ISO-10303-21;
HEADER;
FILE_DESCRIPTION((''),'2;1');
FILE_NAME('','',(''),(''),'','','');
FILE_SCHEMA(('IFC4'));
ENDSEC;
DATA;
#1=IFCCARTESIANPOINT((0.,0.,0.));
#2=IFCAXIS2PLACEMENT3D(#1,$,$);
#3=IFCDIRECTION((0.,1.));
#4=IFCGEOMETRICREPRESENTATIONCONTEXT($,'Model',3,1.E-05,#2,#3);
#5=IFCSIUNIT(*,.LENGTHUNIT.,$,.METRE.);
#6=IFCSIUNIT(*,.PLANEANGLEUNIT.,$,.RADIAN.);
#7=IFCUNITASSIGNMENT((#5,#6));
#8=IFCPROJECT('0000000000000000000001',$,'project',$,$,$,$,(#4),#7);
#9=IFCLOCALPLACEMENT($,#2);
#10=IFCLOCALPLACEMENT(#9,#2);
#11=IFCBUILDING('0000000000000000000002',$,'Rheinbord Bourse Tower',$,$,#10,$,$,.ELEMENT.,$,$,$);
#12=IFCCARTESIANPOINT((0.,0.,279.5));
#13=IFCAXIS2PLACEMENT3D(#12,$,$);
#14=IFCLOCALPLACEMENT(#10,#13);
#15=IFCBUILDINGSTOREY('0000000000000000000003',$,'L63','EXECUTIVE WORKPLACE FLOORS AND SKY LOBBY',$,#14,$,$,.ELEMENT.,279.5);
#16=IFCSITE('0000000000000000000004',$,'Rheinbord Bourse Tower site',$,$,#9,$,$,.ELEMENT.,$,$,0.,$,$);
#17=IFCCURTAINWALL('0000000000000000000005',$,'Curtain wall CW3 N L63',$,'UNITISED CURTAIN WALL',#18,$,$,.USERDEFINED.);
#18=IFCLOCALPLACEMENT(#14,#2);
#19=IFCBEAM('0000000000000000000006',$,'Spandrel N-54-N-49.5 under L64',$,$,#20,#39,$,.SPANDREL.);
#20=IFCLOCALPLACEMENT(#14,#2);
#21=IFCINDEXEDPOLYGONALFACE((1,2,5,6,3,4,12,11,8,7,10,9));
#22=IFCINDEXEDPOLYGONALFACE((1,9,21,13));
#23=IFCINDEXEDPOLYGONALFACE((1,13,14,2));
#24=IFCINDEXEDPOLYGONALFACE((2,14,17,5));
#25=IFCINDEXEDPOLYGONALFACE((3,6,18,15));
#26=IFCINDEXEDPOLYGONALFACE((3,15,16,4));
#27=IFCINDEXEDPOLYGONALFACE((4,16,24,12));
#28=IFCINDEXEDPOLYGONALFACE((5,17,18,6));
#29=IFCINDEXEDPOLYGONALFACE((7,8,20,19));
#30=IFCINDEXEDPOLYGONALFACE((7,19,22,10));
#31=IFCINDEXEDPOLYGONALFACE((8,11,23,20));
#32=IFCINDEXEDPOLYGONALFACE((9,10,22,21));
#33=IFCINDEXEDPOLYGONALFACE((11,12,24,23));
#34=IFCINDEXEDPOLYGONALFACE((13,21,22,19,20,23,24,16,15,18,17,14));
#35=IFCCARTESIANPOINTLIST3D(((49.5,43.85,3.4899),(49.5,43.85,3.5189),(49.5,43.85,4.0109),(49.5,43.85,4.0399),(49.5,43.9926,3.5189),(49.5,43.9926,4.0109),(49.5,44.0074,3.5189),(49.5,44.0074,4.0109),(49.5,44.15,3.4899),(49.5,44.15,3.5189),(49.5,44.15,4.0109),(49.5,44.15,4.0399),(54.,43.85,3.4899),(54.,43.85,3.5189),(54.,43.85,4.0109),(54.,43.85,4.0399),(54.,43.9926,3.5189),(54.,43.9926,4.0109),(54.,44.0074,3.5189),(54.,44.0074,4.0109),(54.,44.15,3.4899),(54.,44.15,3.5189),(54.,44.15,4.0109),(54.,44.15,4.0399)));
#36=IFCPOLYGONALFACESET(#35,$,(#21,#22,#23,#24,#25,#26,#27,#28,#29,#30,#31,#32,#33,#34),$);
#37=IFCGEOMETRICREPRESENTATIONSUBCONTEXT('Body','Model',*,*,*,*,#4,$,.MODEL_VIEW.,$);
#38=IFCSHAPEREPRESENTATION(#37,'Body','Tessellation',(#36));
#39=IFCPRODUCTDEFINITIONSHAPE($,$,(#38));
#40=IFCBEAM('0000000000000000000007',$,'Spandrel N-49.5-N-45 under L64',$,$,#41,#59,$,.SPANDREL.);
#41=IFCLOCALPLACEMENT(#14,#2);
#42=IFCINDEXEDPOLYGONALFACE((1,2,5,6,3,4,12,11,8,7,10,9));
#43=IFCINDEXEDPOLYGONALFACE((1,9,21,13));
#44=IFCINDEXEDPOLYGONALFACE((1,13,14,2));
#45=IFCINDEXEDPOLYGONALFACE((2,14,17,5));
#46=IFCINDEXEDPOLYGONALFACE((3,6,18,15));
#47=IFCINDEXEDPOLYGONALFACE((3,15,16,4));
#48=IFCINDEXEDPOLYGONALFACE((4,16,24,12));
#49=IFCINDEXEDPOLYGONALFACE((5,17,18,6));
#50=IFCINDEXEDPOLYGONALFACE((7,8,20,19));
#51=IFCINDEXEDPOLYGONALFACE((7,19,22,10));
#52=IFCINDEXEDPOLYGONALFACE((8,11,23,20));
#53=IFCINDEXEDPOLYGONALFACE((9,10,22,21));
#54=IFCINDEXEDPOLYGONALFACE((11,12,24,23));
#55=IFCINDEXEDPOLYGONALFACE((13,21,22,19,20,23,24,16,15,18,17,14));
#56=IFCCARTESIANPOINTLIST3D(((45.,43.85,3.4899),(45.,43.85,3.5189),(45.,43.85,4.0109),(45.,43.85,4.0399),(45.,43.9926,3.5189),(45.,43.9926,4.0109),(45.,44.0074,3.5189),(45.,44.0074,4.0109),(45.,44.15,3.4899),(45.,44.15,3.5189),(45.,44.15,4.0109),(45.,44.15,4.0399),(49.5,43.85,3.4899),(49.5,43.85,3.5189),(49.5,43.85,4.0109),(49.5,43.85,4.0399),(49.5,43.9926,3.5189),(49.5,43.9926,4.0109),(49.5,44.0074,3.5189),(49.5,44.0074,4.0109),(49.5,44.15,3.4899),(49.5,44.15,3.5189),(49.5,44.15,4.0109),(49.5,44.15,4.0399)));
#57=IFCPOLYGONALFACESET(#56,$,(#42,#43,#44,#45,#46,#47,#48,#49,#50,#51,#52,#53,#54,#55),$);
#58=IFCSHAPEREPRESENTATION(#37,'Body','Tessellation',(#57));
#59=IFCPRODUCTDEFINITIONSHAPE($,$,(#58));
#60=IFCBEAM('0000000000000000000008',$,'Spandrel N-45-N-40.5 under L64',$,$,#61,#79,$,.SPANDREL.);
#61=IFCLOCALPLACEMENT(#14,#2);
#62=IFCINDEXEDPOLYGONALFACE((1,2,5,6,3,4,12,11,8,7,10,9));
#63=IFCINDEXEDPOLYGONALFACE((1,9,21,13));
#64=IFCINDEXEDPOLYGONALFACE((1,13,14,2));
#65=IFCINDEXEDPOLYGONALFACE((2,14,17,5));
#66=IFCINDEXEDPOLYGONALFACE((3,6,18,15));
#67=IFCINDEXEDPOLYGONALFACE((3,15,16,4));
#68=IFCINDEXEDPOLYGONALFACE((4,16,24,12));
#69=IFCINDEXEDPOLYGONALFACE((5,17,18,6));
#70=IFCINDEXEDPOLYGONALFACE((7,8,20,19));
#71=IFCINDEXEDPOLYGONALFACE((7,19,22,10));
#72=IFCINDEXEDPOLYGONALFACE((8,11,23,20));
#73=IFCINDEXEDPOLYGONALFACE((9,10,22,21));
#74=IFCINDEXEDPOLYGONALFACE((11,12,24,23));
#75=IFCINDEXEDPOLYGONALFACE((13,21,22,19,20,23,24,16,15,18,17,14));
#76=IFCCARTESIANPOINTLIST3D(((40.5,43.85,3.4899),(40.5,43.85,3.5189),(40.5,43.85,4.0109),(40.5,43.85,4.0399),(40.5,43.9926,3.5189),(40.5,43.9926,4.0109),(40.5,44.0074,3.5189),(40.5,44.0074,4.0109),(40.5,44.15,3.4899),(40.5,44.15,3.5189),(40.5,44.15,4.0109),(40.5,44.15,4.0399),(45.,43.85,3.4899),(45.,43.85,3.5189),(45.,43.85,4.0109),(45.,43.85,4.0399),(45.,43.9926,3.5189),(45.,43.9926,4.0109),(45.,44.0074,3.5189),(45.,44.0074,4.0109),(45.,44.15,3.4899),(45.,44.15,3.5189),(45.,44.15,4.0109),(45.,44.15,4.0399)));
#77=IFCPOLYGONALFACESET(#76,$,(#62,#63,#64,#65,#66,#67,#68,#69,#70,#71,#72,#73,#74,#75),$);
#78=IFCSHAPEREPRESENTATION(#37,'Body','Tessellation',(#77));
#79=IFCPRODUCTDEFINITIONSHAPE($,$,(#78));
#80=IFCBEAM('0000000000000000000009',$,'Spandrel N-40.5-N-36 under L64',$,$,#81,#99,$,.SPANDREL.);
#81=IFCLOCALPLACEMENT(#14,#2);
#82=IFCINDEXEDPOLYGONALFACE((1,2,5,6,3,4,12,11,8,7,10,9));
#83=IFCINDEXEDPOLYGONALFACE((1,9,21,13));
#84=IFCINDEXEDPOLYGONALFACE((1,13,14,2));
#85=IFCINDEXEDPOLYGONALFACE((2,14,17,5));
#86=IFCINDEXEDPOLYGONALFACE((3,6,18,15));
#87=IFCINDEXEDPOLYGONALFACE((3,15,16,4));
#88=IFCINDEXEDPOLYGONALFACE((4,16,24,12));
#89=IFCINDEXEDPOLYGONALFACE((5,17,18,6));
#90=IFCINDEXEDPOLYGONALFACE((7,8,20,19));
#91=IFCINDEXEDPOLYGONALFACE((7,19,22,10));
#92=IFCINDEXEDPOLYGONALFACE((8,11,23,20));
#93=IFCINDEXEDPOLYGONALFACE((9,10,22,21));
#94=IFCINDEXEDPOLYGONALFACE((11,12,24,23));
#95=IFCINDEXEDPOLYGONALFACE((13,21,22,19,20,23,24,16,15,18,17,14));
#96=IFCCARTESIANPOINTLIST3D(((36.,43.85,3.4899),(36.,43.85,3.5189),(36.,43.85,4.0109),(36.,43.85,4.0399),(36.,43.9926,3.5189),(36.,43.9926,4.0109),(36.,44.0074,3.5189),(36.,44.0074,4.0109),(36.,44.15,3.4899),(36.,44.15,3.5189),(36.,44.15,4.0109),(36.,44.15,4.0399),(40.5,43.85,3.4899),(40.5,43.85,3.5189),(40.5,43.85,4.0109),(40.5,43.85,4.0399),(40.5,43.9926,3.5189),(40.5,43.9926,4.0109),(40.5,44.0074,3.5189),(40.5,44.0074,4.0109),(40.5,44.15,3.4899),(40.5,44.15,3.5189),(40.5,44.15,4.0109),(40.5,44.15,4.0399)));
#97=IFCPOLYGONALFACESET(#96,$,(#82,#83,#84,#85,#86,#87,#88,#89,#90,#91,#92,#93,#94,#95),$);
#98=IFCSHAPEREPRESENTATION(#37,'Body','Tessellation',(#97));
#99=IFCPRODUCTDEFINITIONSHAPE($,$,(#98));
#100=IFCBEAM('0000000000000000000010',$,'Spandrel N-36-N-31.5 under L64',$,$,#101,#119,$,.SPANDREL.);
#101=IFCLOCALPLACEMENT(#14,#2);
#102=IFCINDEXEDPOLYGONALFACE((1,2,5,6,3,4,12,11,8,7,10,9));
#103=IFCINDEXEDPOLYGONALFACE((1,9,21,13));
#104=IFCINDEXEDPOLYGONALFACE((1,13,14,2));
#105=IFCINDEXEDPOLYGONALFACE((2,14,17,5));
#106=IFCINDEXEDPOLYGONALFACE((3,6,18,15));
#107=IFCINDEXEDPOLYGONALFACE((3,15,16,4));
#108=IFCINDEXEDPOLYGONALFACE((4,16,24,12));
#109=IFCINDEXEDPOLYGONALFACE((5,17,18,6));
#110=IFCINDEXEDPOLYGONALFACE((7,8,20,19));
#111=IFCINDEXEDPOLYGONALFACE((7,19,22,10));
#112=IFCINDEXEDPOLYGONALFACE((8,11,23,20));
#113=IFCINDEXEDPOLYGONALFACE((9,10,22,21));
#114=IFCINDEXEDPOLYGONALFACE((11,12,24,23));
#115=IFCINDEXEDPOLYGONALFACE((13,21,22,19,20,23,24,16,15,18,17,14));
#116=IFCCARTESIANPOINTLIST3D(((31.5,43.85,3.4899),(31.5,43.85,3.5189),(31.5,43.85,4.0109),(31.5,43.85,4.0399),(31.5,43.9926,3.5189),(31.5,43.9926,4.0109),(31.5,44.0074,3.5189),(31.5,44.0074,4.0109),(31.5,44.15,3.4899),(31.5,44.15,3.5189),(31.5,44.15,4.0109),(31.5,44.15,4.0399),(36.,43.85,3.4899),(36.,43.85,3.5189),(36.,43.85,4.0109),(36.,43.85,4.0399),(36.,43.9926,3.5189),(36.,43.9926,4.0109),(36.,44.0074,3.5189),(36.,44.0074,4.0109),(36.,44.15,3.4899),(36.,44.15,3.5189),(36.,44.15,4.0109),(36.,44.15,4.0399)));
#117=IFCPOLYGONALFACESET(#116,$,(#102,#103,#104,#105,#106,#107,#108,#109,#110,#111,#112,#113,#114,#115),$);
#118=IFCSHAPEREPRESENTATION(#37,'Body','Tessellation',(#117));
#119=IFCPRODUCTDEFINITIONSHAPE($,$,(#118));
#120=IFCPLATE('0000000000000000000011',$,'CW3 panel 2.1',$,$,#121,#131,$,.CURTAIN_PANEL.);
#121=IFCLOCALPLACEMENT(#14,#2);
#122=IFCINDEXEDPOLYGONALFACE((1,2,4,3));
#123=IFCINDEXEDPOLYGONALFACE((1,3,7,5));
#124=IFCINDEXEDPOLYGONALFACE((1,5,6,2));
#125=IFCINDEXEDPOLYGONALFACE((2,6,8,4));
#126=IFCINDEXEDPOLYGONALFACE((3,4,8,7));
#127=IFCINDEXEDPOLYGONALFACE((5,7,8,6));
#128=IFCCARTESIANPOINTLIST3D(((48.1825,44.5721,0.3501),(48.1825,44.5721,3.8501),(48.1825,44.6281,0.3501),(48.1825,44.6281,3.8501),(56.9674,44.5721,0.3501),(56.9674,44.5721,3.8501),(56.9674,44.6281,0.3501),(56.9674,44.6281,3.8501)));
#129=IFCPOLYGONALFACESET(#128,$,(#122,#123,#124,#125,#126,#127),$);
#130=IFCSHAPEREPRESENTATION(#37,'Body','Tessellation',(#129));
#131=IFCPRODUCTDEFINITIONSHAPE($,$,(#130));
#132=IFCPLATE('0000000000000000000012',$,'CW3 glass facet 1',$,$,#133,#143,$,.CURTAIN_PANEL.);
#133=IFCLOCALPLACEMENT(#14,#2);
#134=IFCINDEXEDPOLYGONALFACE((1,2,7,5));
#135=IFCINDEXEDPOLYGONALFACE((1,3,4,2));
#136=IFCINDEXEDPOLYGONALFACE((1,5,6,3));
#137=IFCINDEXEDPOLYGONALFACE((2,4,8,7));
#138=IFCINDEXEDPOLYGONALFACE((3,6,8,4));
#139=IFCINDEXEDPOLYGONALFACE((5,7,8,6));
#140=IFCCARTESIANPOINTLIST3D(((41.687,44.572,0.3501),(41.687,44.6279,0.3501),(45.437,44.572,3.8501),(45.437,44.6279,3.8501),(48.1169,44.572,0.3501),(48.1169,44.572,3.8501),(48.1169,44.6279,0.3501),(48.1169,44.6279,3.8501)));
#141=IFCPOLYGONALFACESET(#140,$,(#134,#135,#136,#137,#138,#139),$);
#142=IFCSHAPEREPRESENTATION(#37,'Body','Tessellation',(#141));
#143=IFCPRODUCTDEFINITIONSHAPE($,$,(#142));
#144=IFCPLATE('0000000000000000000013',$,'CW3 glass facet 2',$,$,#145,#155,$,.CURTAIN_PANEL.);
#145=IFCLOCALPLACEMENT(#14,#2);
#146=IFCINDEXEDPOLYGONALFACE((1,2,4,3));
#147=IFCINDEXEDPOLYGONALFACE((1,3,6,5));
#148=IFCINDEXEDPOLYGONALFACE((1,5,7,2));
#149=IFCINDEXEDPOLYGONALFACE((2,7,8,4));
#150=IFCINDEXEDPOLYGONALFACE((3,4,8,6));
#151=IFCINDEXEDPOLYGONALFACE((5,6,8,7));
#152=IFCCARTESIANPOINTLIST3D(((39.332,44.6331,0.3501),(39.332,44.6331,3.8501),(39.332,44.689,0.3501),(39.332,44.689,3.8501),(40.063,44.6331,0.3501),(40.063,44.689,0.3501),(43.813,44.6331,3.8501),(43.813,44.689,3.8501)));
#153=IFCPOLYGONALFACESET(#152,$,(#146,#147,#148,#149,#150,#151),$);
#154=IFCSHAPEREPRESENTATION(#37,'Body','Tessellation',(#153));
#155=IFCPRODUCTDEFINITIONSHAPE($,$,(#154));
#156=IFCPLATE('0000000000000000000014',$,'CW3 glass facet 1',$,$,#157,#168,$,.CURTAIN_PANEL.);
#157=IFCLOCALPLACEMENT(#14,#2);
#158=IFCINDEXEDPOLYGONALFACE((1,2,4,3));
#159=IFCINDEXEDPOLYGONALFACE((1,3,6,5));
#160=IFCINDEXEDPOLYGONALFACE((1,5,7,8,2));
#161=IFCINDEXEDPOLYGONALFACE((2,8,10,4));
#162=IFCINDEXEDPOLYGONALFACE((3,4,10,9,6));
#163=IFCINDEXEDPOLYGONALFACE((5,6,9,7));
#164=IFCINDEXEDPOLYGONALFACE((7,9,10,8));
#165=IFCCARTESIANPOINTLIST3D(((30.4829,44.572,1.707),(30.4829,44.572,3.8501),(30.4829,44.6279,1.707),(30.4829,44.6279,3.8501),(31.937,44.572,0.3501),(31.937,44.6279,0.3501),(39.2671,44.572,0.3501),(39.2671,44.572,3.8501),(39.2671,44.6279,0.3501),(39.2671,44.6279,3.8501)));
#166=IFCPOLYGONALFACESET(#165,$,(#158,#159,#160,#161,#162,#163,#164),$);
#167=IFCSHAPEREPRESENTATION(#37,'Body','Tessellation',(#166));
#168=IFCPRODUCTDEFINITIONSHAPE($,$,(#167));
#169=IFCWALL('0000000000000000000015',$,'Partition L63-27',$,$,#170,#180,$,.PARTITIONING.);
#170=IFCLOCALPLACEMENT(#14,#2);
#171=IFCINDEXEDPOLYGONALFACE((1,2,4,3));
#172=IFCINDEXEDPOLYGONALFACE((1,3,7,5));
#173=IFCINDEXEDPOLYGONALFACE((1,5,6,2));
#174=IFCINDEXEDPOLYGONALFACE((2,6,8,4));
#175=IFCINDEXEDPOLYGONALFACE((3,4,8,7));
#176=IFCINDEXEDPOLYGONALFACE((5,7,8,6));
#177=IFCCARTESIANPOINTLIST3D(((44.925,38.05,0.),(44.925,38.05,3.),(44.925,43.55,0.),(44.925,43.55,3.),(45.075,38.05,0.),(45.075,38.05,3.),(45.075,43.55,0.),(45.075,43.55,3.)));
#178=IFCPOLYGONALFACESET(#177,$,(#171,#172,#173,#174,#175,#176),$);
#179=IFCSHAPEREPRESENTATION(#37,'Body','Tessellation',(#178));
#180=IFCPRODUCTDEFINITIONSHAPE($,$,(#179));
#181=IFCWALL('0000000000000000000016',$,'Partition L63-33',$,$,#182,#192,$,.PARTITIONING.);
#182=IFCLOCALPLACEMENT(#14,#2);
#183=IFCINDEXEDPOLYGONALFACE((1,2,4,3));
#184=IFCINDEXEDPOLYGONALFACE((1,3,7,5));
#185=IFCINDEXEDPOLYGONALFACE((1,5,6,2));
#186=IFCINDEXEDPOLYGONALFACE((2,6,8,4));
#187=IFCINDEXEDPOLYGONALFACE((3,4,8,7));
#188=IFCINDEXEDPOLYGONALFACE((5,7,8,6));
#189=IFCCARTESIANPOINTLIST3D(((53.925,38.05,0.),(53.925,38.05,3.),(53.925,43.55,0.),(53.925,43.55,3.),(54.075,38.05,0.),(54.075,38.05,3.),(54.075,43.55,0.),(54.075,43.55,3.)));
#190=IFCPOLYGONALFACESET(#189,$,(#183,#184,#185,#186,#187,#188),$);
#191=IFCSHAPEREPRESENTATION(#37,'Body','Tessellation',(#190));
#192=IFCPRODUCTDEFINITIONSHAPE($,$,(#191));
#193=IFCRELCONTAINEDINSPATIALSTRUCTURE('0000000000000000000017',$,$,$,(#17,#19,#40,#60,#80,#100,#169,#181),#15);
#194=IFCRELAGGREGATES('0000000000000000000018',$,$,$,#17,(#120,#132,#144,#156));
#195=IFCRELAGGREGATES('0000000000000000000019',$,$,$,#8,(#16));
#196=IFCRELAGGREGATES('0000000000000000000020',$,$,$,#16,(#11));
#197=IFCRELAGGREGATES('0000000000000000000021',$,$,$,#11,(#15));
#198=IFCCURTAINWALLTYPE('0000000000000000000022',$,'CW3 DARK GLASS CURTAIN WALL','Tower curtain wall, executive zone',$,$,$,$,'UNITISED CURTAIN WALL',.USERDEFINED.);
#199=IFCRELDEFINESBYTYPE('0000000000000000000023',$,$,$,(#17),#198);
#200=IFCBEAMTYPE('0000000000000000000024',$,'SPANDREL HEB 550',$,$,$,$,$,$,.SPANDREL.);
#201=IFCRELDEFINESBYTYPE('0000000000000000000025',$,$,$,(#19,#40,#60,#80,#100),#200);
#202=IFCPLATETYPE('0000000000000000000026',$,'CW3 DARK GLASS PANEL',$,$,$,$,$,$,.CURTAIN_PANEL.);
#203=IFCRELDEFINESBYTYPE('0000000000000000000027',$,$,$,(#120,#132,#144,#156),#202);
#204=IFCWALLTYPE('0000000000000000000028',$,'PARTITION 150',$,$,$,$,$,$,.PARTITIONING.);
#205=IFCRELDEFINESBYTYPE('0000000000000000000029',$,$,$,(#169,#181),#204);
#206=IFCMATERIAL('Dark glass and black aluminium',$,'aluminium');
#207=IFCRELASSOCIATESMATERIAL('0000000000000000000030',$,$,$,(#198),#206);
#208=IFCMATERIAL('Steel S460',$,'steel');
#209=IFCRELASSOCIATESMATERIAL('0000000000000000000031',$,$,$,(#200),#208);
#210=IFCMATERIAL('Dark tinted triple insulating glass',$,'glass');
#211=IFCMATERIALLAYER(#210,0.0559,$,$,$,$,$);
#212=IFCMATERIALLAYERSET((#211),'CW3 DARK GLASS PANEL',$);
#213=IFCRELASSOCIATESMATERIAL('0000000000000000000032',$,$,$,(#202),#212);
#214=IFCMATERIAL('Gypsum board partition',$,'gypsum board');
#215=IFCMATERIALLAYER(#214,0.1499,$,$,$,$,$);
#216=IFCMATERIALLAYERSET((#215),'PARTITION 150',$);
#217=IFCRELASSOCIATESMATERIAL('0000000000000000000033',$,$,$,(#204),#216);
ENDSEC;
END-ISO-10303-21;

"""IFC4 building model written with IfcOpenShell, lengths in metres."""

from ifc_helpers import new_model, si_unit, direction, frame, frame_2d, origin, origin_2d, place, context, subcontext, project, spatial, polyline, rectangle, i_section, outline, extrude, material, layer, layer_set, material_profile, profile_set, type_object, element, aggregate, save


model = new_model("IFC4")

# Units and contexts
model_context = context("Model", 3, precision=1e-05, world=origin(), true_north=direction((0.0, 1.0)))
body_context = subcontext(model_context, "Body", "Model", "MODEL_VIEW")
ifc_project = project(units=[si_unit("LENGTHUNIT", "METRE"), si_unit("PLANEANGLEUNIT", "RADIAN")], contexts=[model_context])

# Site, building, storey
site_placement = place(None, origin())
site = spatial("IfcSite", under=ifc_project, at=site_placement, Name="Rheinbord Bourse Tower site", CompositionType="ELEMENT", RefElevation=0.0)
building_placement = place(site_placement, origin())
building = spatial("IfcBuilding", under=site, at=building_placement, Name="Rheinbord Bourse Tower", CompositionType="ELEMENT")
storey_placement = place(building_placement, frame((0.0, 0.0, 279.5)))
storey = spatial("IfcBuildingStorey", under=building, at=storey_placement, Name="L63", Description="EXECUTIVE WORKPLACE FLOORS AND SKY LOBBY", CompositionType="ELEMENT", Elevation=279.5)

# Curtain wall
ifc_material_1 = material(Name="Dark glass and black aluminium", Category="aluminium")
curtain_wall_type = type_object("IfcCurtainWallType", Name="CW3 DARK GLASS CURTAIN WALL", Description="Tower curtain wall, executive zone", ElementType="UNITISED CURTAIN WALL", PredefinedType="USERDEFINED", material=ifc_material_1)
curtain_wall_placement = place(storey_placement, origin())
curtain_wall = element("IfcCurtainWall", 1, at=curtain_wall_placement, inside=storey, type_object=curtain_wall_type, Name="Curtain wall CW3 N L63", ObjectType="UNITISED CURTAIN WALL", PredefinedType="USERDEFINED")

# Beams
ifc_material_2 = material(Name="Steel S460", Category="steel")
ifc_material_profile_1 = material_profile(ifc_material_2, i_section(OverallWidth=0.3, OverallDepth=0.55, WebThickness=0.0149, FlangeThickness=0.0291, at=origin_2d()), Name="HEB 550")
ifc_profile_set_1 = profile_set([ifc_material_profile_1], Name="Steel S460")
beam_type_1 = type_object("IfcBeamType", Name="SPANDREL HEB 550", PredefinedType="SPANDREL", material=ifc_profile_set_1)
for number, where, z_axis, x_axis, name in (
    (2, (54.0, 44.0, 3.7649), (-1.0, 0.0, 0.0), (0.0, -1.0, 0.0), "Spandrel N-54-N-49.5 under L64"),
    (3, (49.5, 44.0, 3.7649), (-1.0, 0.0, 0.0), (0.0, -1.0, 0.0), "Spandrel N-49.5-N-45 under L64"),
    (4, (45.0, 44.0, 3.7649), (-1.0, 0.0, 0.0), (0.0, -1.0, 0.0), "Spandrel N-45-N-40.5 under L64"),
    (5, (40.5, 44.0, 3.7649), (-1.0, 0.0, 0.0), (0.0, -1.0, 0.0), "Spandrel N-40.5-N-36 under L64"),
    (6, (36.0, 44.0, 3.7649), (-1.0, 0.0, 0.0), (0.0, -1.0, 0.0), "Spandrel N-36-N-31.5 under L64"),
):
    element("IfcBeam", number, at=place(storey_placement, frame(where, z_axis=z_axis, x_axis=x_axis)), inside=storey, type_object=beam_type_1, Name=name, PredefinedType="SPANDREL", context=body_context, shape_type="SweptSolid", body=[
        extrude(i_section(OverallWidth=0.3, OverallDepth=0.55, WebThickness=0.0149, FlangeThickness=0.0291, at=origin_2d()), origin(), (0.0, 0.0, 1.0), 4.5),
    ])

# Plates
ifc_material_3 = material(Name="Dark tinted triple insulating glass", Category="glass")
ifc_layer_1 = layer(ifc_material_3, 0.0559)
ifc_layer_set_1 = layer_set([ifc_layer_1], Name="CW3 DARK GLASS PANEL")
plate_type = type_object("IfcPlateType", Name="CW3 DARK GLASS PANEL", PredefinedType="CURTAIN_PANEL", material=ifc_layer_set_1)
plate_1_placement = place(storey_placement, frame((52.575, 44.6001, 0.3501), z_axis=(0.0, 0.0, 1.0), x_axis=(-1.0, 0.0, 0.0)))
plate_1 = element("IfcPlate", 7, at=plate_1_placement, type_object=plate_type, Name="CW3 panel 2.1", PredefinedType="CURTAIN_PANEL", context=body_context, shape_type="SweptSolid", body=[
    extrude(rectangle(XDim=8.7849, YDim=0.0559, at=origin_2d()), origin(), (0.0, 0.0, 1.0), 3.5),
])
plate_2_placement = place(storey_placement, frame((48.1169, 44.6279, 0.3501), z_axis=(0.0, -1.0, 0.0), x_axis=(0.0, 0.0, 1.0)))
plate_2 = element("IfcPlate", 8, at=plate_2_placement, type_object=plate_type, Name="CW3 glass facet 1", PredefinedType="CURTAIN_PANEL", context=body_context, shape_type="SweptSolid", body=[
    extrude(outline(polyline([(0.0, 0.0), (3.5, 0.0), (3.5, 2.6799), (0.0, 6.4299), (0.0, 0.0)])), origin(), (0.0, 0.0, 1.0), 0.0559),
])
plate_3_placement = place(storey_placement, frame((39.332, 44.689, 3.8501), z_axis=(0.0, -1.0, 0.0), x_axis=(0.0, 0.0, -1.0)))
plate_3 = element("IfcPlate", 9, at=plate_3_placement, type_object=plate_type, Name="CW3 glass facet 2", PredefinedType="CURTAIN_PANEL", context=body_context, shape_type="SweptSolid", body=[
    extrude(outline(polyline([(0.0, 0.0), (3.5, 0.0), (3.5, 0.731), (0.0, 4.481), (0.0, 0.0)])), origin(), (0.0, 0.0, 1.0), 0.0559),
])
plate_4_placement = place(storey_placement, frame((39.2671, 44.6279, 0.3501), z_axis=(0.0, -1.0, 0.0), x_axis=(0.0, 0.0, 1.0)))
plate_4 = element("IfcPlate", 10, at=plate_4_placement, type_object=plate_type, Name="CW3 glass facet 1", PredefinedType="CURTAIN_PANEL", context=body_context, shape_type="SweptSolid", body=[
    extrude(outline(polyline([(0.0, 0.0), (3.5, 0.0), (3.5, 8.7842), (1.3569, 8.7842), (0.0, 7.3301), (0.0, 0.0)])), origin(), (0.0, 0.0, 1.0), 0.0559),
])
aggregate(curtain_wall, [plate_1, plate_2, plate_3, plate_4])

# Walls
ifc_material_4 = material(Name="Gypsum board partition", Category="gypsum board")
ifc_layer_2 = layer(ifc_material_4, 0.1499)
ifc_layer_set_2 = layer_set([ifc_layer_2], Name="PARTITION 150")
wall_type = type_object("IfcWallType", Name="PARTITION 150", PredefinedType="PARTITIONING", material=ifc_layer_set_2)
for number, where, z_axis, x_axis, name in (
    (11, (45.0, 38.05, 0.0), (0.0, 0.0, 1.0), (0.0, 1.0, 0.0), "Partition L63-27"),
    (12, (54.0, 38.05, 0.0), (0.0, 0.0, 1.0), (0.0, 1.0, 0.0), "Partition L63-33"),
):
    element("IfcWall", number, at=place(storey_placement, frame(where, z_axis=z_axis, x_axis=x_axis)), inside=storey, type_object=wall_type, Name=name, PredefinedType="PARTITIONING", context=body_context, shape_type="SweptSolid", body=[
        extrude(rectangle(XDim=5.5, YDim=0.1499, at=frame_2d((2.75, 0.0))), origin(), (0.0, 0.0, 1.0), 3.0),
    ])

save(model, "model.ifc")
